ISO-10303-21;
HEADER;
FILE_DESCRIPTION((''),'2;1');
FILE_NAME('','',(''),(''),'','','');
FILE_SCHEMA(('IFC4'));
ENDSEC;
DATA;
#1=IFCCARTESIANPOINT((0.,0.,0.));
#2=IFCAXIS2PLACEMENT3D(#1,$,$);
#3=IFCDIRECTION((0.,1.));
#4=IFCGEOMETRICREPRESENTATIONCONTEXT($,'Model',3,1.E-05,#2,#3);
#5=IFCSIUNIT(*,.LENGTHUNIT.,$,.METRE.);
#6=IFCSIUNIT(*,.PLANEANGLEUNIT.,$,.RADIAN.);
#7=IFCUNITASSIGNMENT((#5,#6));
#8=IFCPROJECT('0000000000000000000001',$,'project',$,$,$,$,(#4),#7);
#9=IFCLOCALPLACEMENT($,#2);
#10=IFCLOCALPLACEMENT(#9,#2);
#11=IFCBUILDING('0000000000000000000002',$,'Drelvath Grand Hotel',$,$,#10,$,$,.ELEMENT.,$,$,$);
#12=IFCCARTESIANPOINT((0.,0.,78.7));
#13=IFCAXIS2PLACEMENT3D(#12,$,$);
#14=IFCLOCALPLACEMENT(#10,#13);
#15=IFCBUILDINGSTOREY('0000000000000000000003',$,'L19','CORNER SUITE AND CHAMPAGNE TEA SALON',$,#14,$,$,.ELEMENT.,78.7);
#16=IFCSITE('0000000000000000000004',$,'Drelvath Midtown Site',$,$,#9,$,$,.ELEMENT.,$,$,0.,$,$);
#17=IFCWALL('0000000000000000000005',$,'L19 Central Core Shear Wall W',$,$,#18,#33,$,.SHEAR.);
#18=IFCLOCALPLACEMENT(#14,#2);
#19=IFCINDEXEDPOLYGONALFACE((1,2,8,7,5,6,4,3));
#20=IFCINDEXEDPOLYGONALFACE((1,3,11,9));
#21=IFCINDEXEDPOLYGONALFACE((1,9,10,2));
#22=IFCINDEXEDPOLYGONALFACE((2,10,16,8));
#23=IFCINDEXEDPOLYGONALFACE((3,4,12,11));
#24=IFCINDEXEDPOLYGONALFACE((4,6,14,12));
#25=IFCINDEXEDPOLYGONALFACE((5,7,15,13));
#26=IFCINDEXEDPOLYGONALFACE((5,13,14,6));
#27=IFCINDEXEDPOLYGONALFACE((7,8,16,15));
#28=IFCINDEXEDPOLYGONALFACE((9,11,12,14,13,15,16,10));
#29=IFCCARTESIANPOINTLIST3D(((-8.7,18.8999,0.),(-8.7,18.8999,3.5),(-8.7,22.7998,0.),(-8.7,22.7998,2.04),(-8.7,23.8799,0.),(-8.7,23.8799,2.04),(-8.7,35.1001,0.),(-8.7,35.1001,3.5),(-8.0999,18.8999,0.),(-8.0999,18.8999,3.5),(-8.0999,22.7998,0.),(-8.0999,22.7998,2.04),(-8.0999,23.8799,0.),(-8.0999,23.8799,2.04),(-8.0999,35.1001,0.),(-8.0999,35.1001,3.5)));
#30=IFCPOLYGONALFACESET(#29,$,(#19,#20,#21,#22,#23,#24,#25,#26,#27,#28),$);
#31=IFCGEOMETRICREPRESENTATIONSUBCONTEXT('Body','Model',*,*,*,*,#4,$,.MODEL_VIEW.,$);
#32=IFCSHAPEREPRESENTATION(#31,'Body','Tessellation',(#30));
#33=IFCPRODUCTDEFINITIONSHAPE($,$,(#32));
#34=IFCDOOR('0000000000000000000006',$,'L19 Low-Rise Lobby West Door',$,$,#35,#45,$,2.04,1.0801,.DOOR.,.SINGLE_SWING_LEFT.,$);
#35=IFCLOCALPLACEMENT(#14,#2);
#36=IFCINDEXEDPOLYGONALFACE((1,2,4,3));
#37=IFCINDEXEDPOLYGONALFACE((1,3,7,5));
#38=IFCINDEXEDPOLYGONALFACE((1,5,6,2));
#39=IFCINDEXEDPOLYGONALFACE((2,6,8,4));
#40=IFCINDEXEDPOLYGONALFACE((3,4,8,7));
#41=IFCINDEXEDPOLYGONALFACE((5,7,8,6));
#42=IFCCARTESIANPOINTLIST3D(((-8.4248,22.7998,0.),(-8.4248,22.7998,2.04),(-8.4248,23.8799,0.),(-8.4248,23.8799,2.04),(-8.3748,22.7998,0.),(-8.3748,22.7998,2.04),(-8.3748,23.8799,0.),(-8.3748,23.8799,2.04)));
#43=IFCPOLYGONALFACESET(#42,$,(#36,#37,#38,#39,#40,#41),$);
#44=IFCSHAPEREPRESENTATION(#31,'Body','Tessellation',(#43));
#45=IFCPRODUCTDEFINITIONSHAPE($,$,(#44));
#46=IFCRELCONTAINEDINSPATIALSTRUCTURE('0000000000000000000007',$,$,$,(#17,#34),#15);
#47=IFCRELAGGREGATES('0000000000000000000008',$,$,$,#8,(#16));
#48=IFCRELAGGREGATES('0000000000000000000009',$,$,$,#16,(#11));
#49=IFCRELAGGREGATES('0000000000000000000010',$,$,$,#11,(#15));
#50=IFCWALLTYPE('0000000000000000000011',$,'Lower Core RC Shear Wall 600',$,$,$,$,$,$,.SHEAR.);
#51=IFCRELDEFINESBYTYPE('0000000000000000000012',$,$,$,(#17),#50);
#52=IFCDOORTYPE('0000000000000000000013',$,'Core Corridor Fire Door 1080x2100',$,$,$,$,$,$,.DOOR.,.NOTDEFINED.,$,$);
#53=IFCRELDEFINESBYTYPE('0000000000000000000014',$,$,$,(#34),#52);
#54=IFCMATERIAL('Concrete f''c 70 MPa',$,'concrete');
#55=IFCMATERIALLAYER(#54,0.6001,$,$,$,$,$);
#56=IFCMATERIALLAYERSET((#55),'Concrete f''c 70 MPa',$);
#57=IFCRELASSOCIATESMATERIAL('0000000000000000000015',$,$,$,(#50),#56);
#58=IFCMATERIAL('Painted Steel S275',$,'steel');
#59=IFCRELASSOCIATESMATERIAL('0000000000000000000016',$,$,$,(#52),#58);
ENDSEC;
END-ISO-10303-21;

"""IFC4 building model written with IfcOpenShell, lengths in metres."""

from ifc_helpers import new_model, si_unit, direction, frame, frame_2d, origin, place, context, subcontext, project, spatial, rectangle, extrude, material, layer, layer_set, type_object, element, fill, save


model = new_model("IFC4")

# Units and contexts
model_context = context("Model", 3, precision=1e-05, world=origin(), true_north=direction((0.0, 1.0)))
body_context = subcontext(model_context, "Body", "Model", "MODEL_VIEW")
ifc_project = project(units=[si_unit("LENGTHUNIT", "METRE"), si_unit("PLANEANGLEUNIT", "RADIAN")], contexts=[model_context])

# Site, building, storey
site_placement = place(None, origin())
site = spatial("IfcSite", under=ifc_project, at=site_placement, Name="Drelvath Midtown Site", CompositionType="ELEMENT", RefElevation=0.0)
building_placement = place(site_placement, origin())
building = spatial("IfcBuilding", under=site, at=building_placement, Name="Drelvath Grand Hotel", CompositionType="ELEMENT")
storey_placement = place(building_placement, frame((0.0, 0.0, 78.7)))
storey = spatial("IfcBuildingStorey", under=building, at=storey_placement, Name="L19", Description="CORNER SUITE AND CHAMPAGNE TEA SALON", CompositionType="ELEMENT", Elevation=78.7)

# Wall, opening, door
ifc_material_1 = material(Name="Concrete f'c 70 MPa", Category="concrete")
ifc_layer_1 = layer(ifc_material_1, 0.6001)
ifc_layer_set_1 = layer_set([ifc_layer_1], Name="Concrete f'c 70 MPa")
wall_type_1 = type_object("IfcWallType", Name="Lower Core RC Shear Wall 600", PredefinedType="SHEAR", material=ifc_layer_set_1)
wall_1_placement = place(storey_placement, frame((-8.3999, 18.8999, 0.0), z_axis=(0.0, 0.0, 1.0), x_axis=(0.0, 1.0, 0.0)))
wall_1 = element("IfcWall", 1, at=wall_1_placement, inside=storey, type_object=wall_type_1, Name="L19 Central Core Shear Wall W", PredefinedType="SHEAR", context=body_context, shape_type="SweptSolid", body=[
    extrude(rectangle(XDim=16.2002, YDim=0.6001, at=frame_2d((8.1001, 0.0))), origin(), (0.0, 0.0, 1.0), 3.5),
])
opening_1_placement = place(wall_1_placement, frame((3.8999, 0.0, 0.0)))
opening_1 = element("IfcOpeningElement", 2, at=opening_1_placement, cuts=wall_1, PredefinedType="OPENING", context=body_context, shape_type="SweptSolid", body=[
    extrude(rectangle(XDim=1.0801, YDim=2.04, at=frame_2d((0.54, 1.02))), frame((0.0, 0.3101, 0.0), z_axis=(0.0, -1.0, 0.0), x_axis=(1.0, 0.0, 0.0)), (0.0, 0.0, 1.0), 0.6201),
])
ifc_material_2 = material(Name="Painted Steel S275", Category="steel")
door_type_1 = type_object("IfcDoorType", Name="Core Corridor Fire Door 1080x2100", OperationType="NOTDEFINED", PredefinedType="DOOR", material=ifc_material_2)
door_1_placement = place(opening_1_placement, origin())
door_1 = element("IfcDoor", 3, at=door_1_placement, inside=storey, type_object=door_type_1, Name="L19 Low-Rise Lobby West Door", OperationType="SINGLE_SWING_LEFT", OverallHeight=2.04, OverallWidth=1.0801, PredefinedType="DOOR", context=body_context, shape_type="SweptSolid", body=[
    extrude(rectangle(XDim=1.0801, YDim=2.04, at=frame_2d((0.54, 1.02))), frame((0.0, 0.0249, 0.0), z_axis=(0.0, -1.0, 0.0), x_axis=(1.0, 0.0, 0.0)), (0.0, 0.0, 1.0), 0.05),
])
fill(opening_1, door_1)

save(model, "model.ifc")
